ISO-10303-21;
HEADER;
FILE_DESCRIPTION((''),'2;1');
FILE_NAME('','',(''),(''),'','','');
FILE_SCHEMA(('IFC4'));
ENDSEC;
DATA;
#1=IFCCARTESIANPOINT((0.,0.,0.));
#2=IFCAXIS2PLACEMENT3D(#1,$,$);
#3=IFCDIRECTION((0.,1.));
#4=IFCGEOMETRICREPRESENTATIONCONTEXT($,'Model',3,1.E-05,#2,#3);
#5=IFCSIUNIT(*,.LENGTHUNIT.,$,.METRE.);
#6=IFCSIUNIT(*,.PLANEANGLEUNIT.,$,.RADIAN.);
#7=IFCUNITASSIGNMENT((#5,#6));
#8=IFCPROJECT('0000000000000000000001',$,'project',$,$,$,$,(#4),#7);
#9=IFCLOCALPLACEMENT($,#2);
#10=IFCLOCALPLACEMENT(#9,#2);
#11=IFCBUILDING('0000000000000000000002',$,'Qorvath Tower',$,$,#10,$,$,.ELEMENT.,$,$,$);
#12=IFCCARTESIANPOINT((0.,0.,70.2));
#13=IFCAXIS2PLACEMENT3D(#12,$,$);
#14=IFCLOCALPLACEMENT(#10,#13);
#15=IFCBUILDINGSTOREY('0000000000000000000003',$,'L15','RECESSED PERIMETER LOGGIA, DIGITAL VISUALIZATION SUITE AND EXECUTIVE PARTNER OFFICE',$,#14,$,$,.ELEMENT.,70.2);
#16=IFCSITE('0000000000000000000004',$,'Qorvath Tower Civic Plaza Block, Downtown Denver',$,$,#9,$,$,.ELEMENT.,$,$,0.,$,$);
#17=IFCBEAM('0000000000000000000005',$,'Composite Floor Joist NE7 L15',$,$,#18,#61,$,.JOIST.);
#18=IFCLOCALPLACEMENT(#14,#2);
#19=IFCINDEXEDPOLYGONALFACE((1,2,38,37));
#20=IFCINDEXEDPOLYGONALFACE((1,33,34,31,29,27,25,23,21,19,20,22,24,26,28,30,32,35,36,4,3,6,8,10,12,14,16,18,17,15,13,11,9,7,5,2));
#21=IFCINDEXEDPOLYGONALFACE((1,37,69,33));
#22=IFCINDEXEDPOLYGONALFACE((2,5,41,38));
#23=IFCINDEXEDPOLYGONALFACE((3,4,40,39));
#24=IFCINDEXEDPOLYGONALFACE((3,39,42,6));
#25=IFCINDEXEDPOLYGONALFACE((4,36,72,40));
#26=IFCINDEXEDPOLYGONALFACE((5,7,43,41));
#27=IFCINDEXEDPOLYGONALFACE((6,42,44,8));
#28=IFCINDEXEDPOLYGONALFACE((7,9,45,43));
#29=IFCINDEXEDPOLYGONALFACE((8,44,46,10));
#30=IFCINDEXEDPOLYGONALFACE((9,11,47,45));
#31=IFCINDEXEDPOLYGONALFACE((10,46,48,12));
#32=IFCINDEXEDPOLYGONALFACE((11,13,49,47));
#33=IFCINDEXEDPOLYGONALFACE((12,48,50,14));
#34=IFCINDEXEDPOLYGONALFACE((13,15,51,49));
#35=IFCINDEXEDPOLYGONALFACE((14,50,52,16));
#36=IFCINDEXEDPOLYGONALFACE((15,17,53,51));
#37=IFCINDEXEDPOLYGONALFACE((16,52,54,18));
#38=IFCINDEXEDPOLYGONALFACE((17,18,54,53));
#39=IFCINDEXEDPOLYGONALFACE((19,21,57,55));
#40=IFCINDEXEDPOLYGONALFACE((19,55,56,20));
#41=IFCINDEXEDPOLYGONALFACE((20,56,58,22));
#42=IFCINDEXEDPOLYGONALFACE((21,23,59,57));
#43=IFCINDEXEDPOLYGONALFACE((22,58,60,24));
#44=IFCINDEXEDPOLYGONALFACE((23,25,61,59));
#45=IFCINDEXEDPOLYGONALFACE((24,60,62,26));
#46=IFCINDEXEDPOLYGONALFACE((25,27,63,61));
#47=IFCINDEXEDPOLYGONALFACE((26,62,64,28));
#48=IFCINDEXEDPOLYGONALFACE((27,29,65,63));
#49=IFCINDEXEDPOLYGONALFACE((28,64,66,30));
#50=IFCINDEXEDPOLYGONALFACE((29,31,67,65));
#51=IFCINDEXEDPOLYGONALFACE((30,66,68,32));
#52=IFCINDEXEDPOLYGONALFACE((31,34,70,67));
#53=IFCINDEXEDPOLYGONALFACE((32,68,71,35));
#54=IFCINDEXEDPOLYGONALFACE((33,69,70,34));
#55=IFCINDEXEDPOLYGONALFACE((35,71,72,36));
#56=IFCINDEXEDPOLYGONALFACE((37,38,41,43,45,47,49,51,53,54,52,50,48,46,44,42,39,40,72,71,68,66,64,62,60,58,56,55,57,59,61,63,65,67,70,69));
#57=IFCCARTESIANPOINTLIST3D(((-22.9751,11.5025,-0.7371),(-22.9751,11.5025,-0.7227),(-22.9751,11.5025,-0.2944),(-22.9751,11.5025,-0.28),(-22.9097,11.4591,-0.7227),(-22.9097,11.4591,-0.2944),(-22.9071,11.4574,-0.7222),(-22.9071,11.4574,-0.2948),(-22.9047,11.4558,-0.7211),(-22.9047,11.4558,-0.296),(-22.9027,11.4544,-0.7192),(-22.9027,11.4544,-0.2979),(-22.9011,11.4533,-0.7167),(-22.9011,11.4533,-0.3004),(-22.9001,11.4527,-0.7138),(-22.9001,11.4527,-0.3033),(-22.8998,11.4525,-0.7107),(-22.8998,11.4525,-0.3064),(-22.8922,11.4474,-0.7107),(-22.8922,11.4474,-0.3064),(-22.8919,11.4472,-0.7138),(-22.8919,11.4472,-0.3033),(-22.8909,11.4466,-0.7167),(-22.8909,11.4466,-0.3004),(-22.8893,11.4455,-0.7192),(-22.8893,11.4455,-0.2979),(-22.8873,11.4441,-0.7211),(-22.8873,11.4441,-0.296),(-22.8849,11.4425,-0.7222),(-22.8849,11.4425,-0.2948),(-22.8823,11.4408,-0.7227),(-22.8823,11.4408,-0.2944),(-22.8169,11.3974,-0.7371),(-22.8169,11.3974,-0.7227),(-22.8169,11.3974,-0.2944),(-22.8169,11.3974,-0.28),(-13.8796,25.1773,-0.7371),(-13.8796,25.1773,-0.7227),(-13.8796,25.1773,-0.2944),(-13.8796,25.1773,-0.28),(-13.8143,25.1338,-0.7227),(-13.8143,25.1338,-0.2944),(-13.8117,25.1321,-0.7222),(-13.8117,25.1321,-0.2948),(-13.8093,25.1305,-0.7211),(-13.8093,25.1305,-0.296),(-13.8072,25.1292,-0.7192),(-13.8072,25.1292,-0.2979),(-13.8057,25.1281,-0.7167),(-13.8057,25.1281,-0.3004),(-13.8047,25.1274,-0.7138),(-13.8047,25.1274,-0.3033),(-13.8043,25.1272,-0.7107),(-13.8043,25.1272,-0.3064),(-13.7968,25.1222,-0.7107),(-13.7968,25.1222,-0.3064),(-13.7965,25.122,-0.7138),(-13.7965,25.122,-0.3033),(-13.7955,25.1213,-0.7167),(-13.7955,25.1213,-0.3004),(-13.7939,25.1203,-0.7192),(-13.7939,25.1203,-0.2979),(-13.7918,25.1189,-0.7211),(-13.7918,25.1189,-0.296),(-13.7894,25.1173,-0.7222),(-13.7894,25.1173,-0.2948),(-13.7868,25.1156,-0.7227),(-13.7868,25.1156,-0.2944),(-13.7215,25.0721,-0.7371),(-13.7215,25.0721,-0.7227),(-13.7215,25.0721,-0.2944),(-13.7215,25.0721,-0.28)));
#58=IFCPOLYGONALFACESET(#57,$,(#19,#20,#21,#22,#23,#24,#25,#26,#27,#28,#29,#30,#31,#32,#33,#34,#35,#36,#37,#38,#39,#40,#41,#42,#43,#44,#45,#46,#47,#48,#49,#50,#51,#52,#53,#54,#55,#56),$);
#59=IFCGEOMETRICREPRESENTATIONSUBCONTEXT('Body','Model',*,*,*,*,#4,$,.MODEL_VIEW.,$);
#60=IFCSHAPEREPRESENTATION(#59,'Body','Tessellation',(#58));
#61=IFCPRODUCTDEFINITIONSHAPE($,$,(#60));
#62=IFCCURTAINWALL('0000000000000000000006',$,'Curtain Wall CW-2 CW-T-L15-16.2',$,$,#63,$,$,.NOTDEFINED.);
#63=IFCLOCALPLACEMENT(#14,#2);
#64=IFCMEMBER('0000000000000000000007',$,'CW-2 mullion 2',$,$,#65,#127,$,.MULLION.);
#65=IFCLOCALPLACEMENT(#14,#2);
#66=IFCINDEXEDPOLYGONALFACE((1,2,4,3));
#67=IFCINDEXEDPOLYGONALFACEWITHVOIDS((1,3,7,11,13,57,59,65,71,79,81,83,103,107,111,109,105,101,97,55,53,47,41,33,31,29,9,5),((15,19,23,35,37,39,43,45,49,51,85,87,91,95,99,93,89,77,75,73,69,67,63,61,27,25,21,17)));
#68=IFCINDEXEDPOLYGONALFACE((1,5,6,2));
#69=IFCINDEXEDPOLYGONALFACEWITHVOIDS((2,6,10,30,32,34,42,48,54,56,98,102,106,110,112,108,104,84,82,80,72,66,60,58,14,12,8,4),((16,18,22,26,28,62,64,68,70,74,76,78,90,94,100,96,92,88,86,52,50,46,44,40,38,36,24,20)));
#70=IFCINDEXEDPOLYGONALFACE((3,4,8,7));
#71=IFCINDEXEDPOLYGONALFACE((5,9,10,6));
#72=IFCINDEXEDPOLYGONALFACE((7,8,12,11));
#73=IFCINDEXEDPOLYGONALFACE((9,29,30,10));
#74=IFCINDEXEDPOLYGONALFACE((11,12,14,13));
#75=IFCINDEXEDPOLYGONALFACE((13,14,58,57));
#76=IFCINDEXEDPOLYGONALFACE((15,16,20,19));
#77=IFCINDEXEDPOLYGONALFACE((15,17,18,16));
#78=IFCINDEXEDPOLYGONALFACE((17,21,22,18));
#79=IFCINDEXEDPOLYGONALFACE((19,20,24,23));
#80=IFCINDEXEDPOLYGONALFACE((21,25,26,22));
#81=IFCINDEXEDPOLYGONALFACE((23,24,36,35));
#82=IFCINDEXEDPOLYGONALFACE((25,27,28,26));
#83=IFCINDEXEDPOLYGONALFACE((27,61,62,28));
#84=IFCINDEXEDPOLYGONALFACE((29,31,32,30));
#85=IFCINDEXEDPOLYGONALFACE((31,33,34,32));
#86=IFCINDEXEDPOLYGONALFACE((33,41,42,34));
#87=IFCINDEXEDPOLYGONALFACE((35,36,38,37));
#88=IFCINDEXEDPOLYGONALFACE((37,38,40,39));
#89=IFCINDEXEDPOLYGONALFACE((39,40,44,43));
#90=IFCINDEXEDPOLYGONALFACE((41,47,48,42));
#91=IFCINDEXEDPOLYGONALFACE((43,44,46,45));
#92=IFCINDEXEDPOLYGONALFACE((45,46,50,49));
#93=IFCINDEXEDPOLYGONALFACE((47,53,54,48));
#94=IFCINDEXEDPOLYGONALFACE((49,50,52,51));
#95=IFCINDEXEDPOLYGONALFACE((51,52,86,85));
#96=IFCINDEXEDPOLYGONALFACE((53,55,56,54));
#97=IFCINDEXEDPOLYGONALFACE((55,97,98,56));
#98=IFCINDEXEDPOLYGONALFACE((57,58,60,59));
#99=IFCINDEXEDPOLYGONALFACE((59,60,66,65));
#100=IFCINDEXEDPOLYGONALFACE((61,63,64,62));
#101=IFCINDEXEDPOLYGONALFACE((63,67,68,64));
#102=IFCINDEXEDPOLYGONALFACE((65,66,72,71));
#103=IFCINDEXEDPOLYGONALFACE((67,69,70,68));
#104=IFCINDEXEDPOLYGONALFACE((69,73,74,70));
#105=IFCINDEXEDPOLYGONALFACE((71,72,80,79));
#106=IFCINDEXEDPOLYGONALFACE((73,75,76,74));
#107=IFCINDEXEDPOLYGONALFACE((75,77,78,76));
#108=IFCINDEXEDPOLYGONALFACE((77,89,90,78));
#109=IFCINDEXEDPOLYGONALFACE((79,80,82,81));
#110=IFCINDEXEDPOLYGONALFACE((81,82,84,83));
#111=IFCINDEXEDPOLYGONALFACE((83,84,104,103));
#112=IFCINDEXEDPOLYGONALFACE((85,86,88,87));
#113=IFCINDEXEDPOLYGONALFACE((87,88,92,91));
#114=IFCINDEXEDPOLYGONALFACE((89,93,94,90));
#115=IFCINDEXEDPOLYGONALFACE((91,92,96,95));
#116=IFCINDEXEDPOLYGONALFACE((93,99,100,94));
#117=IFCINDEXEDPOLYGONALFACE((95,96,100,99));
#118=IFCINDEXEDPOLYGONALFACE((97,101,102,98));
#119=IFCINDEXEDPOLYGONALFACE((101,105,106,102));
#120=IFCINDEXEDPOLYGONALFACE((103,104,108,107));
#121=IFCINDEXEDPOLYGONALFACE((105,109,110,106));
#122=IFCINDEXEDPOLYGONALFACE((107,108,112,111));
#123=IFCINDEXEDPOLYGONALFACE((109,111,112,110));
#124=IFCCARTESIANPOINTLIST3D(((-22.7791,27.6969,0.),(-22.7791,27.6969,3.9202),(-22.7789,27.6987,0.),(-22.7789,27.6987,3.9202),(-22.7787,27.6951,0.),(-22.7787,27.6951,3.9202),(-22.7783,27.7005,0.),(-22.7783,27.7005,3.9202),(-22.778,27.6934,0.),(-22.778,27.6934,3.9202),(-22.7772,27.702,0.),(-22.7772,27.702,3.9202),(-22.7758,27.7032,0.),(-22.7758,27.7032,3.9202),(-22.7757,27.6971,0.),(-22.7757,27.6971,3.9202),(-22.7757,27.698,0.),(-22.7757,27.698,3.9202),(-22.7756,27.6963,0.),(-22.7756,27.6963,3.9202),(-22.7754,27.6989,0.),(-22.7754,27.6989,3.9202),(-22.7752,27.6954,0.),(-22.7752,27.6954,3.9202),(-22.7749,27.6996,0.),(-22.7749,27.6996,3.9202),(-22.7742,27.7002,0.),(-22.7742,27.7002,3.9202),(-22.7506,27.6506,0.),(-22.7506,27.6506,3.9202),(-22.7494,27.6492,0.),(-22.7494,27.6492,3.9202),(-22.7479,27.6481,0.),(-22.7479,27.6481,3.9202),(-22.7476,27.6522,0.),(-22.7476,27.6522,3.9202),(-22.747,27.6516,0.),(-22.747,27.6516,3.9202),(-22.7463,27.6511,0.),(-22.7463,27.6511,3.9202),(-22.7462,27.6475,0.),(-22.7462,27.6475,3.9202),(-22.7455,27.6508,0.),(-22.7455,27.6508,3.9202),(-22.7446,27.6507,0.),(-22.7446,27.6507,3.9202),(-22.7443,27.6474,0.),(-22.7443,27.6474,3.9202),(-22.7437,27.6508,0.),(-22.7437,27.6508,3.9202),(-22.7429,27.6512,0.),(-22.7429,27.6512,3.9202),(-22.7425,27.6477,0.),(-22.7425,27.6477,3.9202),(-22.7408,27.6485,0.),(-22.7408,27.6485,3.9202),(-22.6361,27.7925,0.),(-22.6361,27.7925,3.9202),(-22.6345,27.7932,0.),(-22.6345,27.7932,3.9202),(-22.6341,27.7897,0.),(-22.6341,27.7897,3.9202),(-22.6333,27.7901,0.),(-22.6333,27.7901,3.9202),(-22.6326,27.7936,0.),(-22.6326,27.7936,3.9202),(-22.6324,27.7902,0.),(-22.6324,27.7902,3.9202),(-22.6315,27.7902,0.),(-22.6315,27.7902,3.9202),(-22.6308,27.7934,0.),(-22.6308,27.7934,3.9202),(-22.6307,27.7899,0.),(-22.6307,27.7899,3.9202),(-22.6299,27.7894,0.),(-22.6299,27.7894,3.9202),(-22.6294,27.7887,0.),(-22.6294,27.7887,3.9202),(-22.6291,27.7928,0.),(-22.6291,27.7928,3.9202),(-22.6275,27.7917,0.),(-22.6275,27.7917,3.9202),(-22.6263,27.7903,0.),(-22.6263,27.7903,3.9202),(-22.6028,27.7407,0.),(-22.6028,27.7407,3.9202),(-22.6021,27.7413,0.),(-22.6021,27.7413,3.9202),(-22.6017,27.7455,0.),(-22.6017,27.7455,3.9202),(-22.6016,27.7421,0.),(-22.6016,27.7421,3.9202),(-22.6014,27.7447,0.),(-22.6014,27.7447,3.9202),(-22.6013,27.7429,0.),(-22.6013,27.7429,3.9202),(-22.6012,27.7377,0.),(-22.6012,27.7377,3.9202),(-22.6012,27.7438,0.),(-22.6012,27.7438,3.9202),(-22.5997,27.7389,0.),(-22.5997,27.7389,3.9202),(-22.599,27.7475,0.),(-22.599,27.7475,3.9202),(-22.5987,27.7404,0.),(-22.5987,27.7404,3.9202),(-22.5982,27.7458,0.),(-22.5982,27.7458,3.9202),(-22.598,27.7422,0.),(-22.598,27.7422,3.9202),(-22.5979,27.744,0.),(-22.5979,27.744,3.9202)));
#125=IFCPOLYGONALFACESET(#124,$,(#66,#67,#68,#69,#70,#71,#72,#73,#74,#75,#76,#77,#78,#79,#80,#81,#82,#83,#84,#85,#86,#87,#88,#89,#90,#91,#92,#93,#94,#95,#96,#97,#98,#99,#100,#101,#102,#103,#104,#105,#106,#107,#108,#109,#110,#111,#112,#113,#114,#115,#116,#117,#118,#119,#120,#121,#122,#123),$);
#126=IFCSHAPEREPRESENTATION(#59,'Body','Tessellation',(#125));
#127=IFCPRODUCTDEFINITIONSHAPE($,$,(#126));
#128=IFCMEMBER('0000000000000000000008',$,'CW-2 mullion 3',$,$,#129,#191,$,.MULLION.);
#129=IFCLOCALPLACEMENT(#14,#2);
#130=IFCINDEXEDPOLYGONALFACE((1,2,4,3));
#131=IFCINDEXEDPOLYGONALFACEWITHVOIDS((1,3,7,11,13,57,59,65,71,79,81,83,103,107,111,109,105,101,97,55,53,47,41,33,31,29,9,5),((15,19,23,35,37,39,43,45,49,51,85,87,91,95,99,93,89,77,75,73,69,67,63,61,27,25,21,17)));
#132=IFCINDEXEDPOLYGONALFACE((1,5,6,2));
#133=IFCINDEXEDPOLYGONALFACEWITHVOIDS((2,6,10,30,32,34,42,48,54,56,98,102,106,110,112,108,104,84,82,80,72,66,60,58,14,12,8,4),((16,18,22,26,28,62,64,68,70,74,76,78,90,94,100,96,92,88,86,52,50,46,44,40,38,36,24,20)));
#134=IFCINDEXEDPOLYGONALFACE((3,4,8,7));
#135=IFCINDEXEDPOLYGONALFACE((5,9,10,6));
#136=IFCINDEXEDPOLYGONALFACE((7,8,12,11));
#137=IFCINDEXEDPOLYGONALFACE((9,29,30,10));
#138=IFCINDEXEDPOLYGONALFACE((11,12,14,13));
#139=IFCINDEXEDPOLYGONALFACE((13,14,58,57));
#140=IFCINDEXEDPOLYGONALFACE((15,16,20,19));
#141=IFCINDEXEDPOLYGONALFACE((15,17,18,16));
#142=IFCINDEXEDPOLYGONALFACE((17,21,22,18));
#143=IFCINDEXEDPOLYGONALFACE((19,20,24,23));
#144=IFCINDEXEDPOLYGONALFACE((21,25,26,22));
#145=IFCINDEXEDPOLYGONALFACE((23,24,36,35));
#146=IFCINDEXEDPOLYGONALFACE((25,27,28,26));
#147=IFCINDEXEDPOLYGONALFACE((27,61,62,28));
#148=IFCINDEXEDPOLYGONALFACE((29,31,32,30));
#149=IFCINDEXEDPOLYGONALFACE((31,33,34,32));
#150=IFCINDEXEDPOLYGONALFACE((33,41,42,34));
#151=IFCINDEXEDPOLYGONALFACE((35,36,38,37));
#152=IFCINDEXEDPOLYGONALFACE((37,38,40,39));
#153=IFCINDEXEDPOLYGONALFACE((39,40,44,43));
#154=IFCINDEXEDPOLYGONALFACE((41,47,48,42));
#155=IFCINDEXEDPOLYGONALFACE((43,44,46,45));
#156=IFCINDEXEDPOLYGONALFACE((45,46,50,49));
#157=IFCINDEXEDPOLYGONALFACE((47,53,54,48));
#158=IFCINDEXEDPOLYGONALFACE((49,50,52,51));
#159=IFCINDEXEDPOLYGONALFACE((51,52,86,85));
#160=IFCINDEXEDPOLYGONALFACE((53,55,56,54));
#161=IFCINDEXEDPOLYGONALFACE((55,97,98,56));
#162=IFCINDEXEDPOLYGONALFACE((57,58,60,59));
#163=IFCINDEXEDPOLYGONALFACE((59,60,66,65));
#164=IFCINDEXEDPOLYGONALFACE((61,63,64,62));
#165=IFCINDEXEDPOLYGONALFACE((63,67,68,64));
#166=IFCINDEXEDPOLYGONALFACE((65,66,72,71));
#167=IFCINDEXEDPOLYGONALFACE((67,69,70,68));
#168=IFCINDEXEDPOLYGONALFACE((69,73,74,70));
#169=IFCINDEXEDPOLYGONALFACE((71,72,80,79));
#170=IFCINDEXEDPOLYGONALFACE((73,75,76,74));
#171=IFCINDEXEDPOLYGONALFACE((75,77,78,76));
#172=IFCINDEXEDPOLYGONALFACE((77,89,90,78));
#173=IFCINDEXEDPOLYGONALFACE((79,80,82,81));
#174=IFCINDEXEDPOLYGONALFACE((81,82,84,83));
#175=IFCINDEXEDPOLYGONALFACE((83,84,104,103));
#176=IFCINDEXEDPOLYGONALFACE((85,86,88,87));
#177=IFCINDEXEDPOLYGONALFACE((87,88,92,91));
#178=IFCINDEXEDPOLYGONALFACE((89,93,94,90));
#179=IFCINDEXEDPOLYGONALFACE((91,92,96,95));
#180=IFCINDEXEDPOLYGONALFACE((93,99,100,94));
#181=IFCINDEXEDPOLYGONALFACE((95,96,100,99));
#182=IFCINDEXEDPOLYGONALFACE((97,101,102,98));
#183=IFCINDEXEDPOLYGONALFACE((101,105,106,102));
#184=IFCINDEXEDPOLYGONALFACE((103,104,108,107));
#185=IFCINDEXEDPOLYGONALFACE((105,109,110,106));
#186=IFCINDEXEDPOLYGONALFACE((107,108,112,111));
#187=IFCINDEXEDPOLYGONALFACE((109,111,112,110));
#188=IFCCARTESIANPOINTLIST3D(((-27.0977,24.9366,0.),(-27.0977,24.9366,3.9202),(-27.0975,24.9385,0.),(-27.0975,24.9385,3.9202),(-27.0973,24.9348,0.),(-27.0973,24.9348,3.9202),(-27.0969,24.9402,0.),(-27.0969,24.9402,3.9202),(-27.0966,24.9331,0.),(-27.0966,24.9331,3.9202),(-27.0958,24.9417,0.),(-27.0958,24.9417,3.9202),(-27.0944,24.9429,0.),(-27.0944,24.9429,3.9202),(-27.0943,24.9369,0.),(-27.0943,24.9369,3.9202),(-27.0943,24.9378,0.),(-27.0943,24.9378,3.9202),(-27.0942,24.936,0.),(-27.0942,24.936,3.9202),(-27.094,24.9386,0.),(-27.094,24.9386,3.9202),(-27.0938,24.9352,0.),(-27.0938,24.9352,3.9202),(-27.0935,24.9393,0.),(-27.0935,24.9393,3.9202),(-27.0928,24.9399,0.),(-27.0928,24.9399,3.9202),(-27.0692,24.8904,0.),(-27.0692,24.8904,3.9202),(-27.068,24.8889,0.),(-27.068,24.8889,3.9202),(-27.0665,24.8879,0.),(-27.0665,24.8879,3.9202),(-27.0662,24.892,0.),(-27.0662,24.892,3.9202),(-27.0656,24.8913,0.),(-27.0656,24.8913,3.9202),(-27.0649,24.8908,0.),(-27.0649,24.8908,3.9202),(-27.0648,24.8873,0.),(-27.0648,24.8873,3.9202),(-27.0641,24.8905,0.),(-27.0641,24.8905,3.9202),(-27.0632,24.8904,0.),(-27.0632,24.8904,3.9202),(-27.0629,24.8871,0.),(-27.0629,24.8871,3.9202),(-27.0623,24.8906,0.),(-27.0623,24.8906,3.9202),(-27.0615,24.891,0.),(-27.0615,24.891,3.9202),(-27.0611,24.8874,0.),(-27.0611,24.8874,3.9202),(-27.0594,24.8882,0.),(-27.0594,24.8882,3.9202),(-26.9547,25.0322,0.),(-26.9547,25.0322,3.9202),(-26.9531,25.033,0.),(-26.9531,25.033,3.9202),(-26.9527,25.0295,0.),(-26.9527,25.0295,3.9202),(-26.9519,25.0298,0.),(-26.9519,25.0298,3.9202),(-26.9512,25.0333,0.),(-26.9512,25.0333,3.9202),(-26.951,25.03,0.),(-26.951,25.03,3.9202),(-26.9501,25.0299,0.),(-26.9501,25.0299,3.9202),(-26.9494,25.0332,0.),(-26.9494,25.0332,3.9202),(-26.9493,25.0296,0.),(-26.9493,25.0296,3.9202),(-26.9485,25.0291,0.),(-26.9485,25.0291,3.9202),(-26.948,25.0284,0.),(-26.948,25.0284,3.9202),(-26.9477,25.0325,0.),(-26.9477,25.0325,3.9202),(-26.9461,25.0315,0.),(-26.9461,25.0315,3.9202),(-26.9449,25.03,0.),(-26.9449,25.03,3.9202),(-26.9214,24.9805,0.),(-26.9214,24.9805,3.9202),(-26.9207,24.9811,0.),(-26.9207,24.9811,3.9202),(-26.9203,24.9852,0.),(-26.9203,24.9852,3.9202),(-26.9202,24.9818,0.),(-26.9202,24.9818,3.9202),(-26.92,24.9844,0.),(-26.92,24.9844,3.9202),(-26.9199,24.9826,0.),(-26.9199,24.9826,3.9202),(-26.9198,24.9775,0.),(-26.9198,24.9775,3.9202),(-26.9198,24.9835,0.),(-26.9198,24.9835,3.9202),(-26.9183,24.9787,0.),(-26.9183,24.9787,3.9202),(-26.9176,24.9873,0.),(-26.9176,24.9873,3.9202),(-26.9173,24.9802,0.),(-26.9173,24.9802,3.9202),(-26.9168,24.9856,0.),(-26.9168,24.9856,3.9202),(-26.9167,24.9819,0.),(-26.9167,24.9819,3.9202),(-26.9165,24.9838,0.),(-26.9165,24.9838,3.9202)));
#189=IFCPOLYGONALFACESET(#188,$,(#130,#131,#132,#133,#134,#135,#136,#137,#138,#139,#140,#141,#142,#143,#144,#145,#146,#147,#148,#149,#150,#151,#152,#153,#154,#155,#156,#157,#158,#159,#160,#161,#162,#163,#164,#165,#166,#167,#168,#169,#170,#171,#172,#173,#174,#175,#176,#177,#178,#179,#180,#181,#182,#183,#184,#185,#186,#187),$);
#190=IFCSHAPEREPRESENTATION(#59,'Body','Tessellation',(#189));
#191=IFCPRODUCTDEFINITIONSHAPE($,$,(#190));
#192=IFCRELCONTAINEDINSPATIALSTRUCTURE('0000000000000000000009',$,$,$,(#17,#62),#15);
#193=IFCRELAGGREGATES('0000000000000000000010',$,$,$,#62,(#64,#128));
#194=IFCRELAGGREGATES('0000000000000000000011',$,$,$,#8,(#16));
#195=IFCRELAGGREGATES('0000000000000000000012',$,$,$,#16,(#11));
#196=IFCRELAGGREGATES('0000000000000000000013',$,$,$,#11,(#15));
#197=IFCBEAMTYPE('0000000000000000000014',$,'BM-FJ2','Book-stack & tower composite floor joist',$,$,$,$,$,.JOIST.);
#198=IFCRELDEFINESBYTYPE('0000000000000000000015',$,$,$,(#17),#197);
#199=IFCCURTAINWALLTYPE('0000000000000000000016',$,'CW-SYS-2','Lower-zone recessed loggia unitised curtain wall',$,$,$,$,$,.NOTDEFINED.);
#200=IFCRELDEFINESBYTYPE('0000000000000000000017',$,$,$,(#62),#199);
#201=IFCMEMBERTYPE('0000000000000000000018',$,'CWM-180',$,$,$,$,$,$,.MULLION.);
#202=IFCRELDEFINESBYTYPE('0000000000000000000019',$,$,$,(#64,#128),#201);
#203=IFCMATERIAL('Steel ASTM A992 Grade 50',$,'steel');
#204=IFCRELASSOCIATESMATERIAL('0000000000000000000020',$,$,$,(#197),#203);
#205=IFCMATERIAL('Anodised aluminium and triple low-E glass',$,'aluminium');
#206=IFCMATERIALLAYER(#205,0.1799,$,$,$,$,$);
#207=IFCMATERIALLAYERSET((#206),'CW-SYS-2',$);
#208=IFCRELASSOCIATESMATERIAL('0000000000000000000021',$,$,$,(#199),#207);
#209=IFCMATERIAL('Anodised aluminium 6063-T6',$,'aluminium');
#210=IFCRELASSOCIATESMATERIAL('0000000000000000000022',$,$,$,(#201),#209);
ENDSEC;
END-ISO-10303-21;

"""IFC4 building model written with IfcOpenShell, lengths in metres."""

from ifc_helpers import new_model, si_unit, direction, frame, origin, origin_2d, place, context, subcontext, project, spatial, hollow_rectangle, i_section, extrude, material, layer, layer_set, material_profile, profile_set, type_object, element, aggregate, save


model = new_model("IFC4")

# Units and contexts
model_context = context("Model", 3, precision=1e-05, world=origin(), true_north=direction((0.0, 1.0)))
body_context = subcontext(model_context, "Body", "Model", "MODEL_VIEW")
ifc_project = project(units=[si_unit("LENGTHUNIT", "METRE"), si_unit("PLANEANGLEUNIT", "RADIAN")], contexts=[model_context])

# Site, building, storey
site_placement = place(None, origin())
site = spatial("IfcSite", under=ifc_project, at=site_placement, Name="Qorvath Tower Civic Plaza Block, Downtown Denver", CompositionType="ELEMENT", RefElevation=0.0)
building_placement = place(site_placement, origin())
building = spatial("IfcBuilding", under=site, at=building_placement, Name="Qorvath Tower", CompositionType="ELEMENT")
storey_placement = place(building_placement, frame((0.0, 0.0, 70.2)))
storey = spatial("IfcBuildingStorey", under=building, at=storey_placement, Name="L15", Description="RECESSED PERIMETER LOGGIA, DIGITAL VISUALIZATION SUITE AND EXECUTIVE PARTNER OFFICE", CompositionType="ELEMENT", Elevation=70.2)

# Beam
ifc_material_1 = material(Name="Steel ASTM A992 Grade 50", Category="steel")
ifc_material_profile_1 = material_profile(ifc_material_1, i_section(OverallWidth=0.1899, OverallDepth=0.457, WebThickness=0.009, FlangeThickness=0.0144, FilletRadius=0.012, at=origin_2d()), Name="W18x50")
ifc_profile_set_1 = profile_set([ifc_material_profile_1], Name="Steel ASTM A992 Grade 50")
beam_type_1 = type_object("IfcBeamType", Name="BM-FJ2", Description="Book-stack & tower composite floor joist", PredefinedType="JOIST", material=ifc_profile_set_1)
beam_1_placement = place(storey_placement, frame((-22.896, 11.45, -0.5085), z_axis=(0.553811, 0.832642, 0.0), x_axis=(-0.832642, 0.553811, 0.0)))
element("IfcBeam", 1, at=beam_1_placement, inside=storey, type_object=beam_type_1, Name="Composite Floor Joist NE7 L15", PredefinedType="JOIST", context=body_context, shape_type="SweptSolid", body=[
    extrude(i_section(OverallWidth=0.1899, OverallDepth=0.457, WebThickness=0.009, FlangeThickness=0.0144, FilletRadius=0.012, at=origin_2d()), origin(), (0.0, 0.0, 1.0), 16.4233),
])

# Curtain wall, members
ifc_material_2 = material(Name="Anodised aluminium and triple low-E glass", Category="aluminium")
ifc_layer_1 = layer(ifc_material_2, 0.1799)
ifc_layer_set_1 = layer_set([ifc_layer_1], Name="CW-SYS-2")
curtain_wall_type = type_object("IfcCurtainWallType", Name="CW-SYS-2", Description="Lower-zone recessed loggia unitised curtain wall", PredefinedType="NOTDEFINED", material=ifc_layer_set_1)
curtain_wall_placement = place(storey_placement, origin())
curtain_wall = element("IfcCurtainWall", 2, at=curtain_wall_placement, inside=storey, type_object=curtain_wall_type, Name="Curtain Wall CW-2 CW-T-L15-16.2", PredefinedType="NOTDEFINED")
ifc_material_3 = material(Name="Anodised aluminium 6063-T6", Category="aluminium")
ifc_material_profile_2 = material_profile(ifc_material_3, hollow_rectangle(XDim=0.0649, YDim=0.1799, WallThickness=0.0034, InnerFilletRadius=0.0034, OuterFilletRadius=0.0071, at=origin_2d()), Name="CWM 180x65")
ifc_profile_set_2 = profile_set([ifc_material_profile_2], Name="Anodised aluminium 6063-T6")
member_type_1 = type_object("IfcMemberType", Name="CWM-180", PredefinedType="MULLION", material=ifc_profile_set_2)
member_1_placement = place(storey_placement, frame((-22.6885, 27.7205, 0.0), z_axis=(0.0, 0.0, 1.0), x_axis=(0.538542, -0.842599, 0.0)))
member_1 = element("IfcMember", 3, at=member_1_placement, type_object=member_type_1, Name="CW-2 mullion 2", PredefinedType="MULLION", context=body_context, shape_type="SweptSolid", body=[
    extrude(hollow_rectangle(XDim=0.0649, YDim=0.1799, WallThickness=0.0034, InnerFilletRadius=0.0034, OuterFilletRadius=0.0071, at=origin_2d()), origin(), (0.0, 0.0, 1.0), 3.9202),
])
member_2_placement = place(storey_placement, frame((-27.0071, 24.9602, 0.0), z_axis=(0.0, 0.0, 1.0), x_axis=(0.538542, -0.842599, 0.0)))
member_2 = element("IfcMember", 4, at=member_2_placement, type_object=member_type_1, Name="CW-2 mullion 3", PredefinedType="MULLION", context=body_context, shape_type="SweptSolid", body=[
    extrude(hollow_rectangle(XDim=0.0649, YDim=0.1799, WallThickness=0.0034, InnerFilletRadius=0.0034, OuterFilletRadius=0.0071, at=origin_2d()), origin(), (0.0, 0.0, 1.0), 3.9202),
])
aggregate(curtain_wall, [member_1, member_2])

save(model, "model.ifc")
